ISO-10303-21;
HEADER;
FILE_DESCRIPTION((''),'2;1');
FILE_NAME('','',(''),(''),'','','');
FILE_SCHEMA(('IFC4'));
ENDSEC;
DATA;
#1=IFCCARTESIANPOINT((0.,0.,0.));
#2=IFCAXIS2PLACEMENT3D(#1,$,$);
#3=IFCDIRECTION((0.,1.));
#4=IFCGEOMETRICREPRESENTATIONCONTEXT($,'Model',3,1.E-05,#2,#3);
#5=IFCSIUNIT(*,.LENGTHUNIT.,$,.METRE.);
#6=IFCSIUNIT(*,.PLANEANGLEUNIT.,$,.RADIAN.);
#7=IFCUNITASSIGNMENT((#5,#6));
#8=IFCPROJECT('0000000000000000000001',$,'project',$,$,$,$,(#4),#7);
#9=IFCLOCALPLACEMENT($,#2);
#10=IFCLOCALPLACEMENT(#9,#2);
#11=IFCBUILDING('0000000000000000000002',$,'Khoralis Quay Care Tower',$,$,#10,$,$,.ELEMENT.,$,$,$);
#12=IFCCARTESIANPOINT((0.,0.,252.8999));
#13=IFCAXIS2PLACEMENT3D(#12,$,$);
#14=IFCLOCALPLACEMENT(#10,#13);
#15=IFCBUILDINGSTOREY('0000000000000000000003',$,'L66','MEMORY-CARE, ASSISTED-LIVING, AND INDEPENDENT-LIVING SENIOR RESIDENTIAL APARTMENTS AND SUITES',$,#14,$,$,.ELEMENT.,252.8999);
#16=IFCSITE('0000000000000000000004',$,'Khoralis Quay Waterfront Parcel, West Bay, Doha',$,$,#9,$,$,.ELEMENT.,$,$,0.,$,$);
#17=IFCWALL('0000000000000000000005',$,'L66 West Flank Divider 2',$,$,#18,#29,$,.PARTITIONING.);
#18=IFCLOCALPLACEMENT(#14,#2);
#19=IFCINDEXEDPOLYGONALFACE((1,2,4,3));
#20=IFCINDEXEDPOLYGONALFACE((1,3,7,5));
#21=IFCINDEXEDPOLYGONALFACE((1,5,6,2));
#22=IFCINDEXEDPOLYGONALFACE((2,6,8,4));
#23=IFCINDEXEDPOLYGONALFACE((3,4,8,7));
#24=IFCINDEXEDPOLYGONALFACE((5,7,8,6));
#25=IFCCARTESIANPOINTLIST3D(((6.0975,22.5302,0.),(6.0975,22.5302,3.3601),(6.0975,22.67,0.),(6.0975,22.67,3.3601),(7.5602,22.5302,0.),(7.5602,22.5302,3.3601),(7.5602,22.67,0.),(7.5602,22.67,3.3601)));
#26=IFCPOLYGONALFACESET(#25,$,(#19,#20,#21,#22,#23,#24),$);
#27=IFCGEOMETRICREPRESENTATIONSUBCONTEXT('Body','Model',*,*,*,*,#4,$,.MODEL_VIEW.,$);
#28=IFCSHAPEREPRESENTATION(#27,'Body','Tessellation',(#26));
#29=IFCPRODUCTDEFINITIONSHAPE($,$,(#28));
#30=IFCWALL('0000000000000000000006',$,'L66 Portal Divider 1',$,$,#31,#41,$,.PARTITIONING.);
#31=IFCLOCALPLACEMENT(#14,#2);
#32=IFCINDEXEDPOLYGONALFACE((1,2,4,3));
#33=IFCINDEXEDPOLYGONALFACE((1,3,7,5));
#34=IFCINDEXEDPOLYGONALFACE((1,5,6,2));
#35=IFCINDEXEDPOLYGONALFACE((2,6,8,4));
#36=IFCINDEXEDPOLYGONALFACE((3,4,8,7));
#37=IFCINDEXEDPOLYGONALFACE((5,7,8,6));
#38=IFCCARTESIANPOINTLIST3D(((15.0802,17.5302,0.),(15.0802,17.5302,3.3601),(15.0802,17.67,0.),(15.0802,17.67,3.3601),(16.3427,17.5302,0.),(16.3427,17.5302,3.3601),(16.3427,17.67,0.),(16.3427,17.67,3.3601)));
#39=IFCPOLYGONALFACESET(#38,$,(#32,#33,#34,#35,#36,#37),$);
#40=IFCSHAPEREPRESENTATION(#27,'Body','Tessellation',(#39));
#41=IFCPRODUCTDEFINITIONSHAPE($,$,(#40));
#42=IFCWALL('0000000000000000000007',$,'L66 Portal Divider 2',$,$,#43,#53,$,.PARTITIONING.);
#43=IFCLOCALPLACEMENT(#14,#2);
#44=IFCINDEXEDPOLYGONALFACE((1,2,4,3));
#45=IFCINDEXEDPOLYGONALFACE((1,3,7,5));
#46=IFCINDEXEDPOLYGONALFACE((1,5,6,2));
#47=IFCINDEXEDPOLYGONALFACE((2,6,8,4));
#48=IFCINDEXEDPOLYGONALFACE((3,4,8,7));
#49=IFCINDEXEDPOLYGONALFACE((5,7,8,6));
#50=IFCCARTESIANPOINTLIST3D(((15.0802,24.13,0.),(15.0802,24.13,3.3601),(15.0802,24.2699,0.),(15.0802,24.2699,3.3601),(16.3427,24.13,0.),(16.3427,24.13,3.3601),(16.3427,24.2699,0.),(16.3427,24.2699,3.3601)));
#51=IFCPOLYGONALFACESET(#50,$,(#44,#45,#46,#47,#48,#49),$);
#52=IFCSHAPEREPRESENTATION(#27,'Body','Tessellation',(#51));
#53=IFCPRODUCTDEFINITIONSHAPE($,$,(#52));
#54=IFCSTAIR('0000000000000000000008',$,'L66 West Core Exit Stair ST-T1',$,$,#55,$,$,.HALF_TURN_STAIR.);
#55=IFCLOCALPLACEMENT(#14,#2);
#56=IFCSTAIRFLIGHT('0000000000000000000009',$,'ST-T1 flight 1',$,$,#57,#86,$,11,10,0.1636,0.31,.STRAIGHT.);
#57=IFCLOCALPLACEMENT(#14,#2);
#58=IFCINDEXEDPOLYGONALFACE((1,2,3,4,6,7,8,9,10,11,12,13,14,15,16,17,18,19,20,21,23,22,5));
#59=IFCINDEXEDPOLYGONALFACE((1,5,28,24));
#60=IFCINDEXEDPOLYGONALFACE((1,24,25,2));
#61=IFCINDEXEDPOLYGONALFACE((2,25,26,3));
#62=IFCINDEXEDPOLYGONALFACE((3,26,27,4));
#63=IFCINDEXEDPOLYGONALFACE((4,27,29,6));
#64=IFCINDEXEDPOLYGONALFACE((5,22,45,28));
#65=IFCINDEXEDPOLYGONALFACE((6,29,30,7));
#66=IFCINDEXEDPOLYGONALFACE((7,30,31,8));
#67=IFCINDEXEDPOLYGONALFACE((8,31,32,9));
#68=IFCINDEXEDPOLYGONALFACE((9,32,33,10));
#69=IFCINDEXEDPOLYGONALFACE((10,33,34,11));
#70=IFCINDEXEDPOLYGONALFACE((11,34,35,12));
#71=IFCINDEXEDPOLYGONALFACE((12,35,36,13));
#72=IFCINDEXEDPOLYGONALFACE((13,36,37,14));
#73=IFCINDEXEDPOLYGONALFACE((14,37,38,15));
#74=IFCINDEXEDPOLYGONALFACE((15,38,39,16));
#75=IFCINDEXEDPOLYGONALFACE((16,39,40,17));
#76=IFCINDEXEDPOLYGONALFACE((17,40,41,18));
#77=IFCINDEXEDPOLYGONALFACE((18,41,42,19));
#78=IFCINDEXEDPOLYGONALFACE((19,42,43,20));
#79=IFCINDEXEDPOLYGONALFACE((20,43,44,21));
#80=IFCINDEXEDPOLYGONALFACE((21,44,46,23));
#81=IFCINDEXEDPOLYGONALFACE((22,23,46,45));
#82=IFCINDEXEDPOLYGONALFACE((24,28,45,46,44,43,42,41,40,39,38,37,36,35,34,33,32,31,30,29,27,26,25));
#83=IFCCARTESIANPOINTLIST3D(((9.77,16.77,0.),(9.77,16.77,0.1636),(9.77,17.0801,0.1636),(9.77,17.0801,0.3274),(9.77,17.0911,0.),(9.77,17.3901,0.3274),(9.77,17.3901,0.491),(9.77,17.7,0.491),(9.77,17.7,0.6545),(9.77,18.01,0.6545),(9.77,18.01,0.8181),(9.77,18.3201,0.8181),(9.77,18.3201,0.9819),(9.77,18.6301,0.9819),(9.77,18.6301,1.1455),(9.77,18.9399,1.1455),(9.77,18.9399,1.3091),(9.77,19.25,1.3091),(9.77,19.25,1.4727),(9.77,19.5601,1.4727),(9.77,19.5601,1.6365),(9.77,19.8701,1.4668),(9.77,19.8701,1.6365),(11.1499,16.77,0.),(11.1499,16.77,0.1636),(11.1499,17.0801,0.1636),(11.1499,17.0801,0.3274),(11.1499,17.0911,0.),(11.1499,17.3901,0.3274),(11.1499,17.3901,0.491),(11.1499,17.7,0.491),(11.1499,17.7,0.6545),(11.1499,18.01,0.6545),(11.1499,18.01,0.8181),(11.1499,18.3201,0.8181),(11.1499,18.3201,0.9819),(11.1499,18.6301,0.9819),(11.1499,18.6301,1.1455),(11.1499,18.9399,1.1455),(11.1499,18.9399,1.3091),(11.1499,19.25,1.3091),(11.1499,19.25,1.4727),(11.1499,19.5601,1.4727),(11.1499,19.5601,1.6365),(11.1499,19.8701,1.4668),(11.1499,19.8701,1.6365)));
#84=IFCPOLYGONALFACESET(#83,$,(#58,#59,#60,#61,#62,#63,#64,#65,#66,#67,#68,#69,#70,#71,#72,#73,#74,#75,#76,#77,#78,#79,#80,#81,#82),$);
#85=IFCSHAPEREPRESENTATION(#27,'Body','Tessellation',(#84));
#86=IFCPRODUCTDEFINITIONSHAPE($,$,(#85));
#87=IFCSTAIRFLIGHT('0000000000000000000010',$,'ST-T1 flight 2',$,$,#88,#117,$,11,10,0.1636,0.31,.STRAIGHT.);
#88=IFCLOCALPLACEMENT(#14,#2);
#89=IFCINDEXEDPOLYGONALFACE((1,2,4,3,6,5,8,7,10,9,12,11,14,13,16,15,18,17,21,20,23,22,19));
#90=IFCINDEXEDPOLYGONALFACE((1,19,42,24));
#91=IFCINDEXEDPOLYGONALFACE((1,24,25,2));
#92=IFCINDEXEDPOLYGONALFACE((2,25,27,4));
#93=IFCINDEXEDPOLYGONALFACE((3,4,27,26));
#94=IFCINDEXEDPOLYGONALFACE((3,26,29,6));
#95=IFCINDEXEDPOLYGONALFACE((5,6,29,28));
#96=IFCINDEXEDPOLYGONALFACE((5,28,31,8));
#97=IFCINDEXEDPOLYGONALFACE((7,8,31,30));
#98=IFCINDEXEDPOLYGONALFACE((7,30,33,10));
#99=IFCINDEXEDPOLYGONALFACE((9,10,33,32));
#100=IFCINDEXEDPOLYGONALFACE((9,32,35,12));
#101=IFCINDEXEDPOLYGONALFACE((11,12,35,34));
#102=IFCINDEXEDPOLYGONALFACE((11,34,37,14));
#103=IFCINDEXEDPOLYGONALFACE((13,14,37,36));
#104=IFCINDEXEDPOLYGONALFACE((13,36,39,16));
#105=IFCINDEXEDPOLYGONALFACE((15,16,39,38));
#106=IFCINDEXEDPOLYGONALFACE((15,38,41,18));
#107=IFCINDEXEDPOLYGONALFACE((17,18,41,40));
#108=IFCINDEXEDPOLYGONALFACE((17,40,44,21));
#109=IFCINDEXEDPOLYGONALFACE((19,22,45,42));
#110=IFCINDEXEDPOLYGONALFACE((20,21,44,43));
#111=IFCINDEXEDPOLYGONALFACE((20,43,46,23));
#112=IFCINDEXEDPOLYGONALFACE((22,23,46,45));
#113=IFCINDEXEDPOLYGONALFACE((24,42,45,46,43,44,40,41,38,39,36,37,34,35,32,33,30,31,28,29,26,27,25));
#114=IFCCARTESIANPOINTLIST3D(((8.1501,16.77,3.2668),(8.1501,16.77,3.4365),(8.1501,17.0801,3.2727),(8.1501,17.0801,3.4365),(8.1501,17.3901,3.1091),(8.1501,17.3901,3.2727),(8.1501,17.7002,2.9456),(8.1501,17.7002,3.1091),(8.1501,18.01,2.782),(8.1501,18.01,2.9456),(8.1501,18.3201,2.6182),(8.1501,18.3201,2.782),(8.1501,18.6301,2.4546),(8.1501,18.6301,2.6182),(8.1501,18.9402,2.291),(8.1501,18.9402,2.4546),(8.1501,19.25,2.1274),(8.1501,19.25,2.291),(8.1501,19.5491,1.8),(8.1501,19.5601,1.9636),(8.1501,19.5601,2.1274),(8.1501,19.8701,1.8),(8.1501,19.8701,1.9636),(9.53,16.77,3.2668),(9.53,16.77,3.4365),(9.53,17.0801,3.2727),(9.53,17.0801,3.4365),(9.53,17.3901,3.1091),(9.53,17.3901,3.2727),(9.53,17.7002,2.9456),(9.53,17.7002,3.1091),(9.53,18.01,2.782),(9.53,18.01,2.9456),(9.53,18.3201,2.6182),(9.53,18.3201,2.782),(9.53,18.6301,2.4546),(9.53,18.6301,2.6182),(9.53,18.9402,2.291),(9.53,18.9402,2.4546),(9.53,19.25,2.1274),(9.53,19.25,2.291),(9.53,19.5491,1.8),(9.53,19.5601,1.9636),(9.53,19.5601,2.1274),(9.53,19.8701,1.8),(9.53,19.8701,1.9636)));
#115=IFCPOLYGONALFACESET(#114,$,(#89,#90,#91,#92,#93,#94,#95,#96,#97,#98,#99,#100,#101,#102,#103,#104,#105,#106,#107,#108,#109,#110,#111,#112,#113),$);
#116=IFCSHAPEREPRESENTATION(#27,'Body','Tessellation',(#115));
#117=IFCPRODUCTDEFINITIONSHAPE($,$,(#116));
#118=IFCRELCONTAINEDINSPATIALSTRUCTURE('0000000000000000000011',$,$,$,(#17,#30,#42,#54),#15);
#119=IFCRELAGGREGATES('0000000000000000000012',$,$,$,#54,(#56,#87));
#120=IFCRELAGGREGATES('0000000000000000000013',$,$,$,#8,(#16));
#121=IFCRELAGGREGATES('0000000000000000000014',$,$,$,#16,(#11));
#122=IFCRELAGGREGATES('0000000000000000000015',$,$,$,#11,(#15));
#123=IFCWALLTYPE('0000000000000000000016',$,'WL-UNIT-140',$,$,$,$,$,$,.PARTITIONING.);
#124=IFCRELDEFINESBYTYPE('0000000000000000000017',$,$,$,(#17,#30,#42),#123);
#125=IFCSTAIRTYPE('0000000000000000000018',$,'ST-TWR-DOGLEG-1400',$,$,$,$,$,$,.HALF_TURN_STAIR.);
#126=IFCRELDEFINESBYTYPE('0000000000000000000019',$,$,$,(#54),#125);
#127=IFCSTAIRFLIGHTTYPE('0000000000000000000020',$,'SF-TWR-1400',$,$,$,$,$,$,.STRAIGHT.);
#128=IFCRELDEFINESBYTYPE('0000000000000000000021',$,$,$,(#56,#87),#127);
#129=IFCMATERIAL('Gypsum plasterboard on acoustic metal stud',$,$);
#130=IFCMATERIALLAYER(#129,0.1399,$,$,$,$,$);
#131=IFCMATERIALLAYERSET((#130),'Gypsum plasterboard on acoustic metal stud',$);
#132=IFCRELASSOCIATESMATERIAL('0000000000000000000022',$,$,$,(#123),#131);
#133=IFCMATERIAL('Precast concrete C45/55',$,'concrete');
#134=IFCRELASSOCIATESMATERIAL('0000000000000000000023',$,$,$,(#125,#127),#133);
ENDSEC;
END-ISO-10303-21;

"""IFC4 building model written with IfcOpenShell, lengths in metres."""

from ifc_helpers import new_model, si_unit, direction, frame, frame_2d, origin, place, context, subcontext, project, spatial, polyline, rectangle, outline, extrude, source, transform, mapped, material, layer, layer_set, type_object, element, aggregate, save


model = new_model("IFC4")

# Units and contexts
model_context = context("Model", 3, precision=1e-05, world=origin(), true_north=direction((0.0, 1.0)))
body_context = subcontext(model_context, "Body", "Model", "MODEL_VIEW")
ifc_project = project(units=[si_unit("LENGTHUNIT", "METRE"), si_unit("PLANEANGLEUNIT", "RADIAN")], contexts=[model_context])

# Site, building, storey
site_placement = place(None, origin())
site = spatial("IfcSite", under=ifc_project, at=site_placement, Name="Khoralis Quay Waterfront Parcel, West Bay, Doha", CompositionType="ELEMENT", RefElevation=0.0)
building_placement = place(site_placement, origin())
building = spatial("IfcBuilding", under=site, at=building_placement, Name="Khoralis Quay Care Tower", CompositionType="ELEMENT")
storey_placement = place(building_placement, frame((0.0, 0.0, 252.8999)))
storey = spatial("IfcBuildingStorey", under=building, at=storey_placement, Name="L66", Description="MEMORY-CARE, ASSISTED-LIVING, AND INDEPENDENT-LIVING SENIOR RESIDENTIAL APARTMENTS AND SUITES", CompositionType="ELEMENT", Elevation=252.8999)

# Walls
ifc_material_1 = material(Name="Gypsum plasterboard on acoustic metal stud")
ifc_layer_1 = layer(ifc_material_1, 0.1399)
ifc_layer_set_1 = layer_set([ifc_layer_1], Name="Gypsum plasterboard on acoustic metal stud")
wall_type_1 = type_object("IfcWallType", Name="WL-UNIT-140", PredefinedType="PARTITIONING", material=ifc_layer_set_1)
for number, where, z_axis, x_axis, name in (
    (1, (6.0974, 22.6001, 0.0), (0.0, 0.0, 1.0), (1.0, 0.0, 0.0), "L66 West Flank Divider 2"),
):
    element("IfcWall", number, at=place(storey_placement, frame(where, z_axis=z_axis, x_axis=x_axis)), inside=storey, type_object=wall_type_1, Name=name, PredefinedType="PARTITIONING", context=body_context, shape_type="SweptSolid", body=[
        extrude(rectangle(XDim=1.4626, YDim=0.1399, at=frame_2d((0.7314, 0.0))), origin(), (0.0, 0.0, 1.0), 3.3601),
    ])
for number, where, z_axis, x_axis, name in (
    (2, (15.0801, 17.6001, 0.0), (0.0, 0.0, 1.0), (1.0, 0.0, 0.0), "L66 Portal Divider 1"),
    (3, (15.0801, 24.2, 0.0), (0.0, 0.0, 1.0), (1.0, 0.0, 0.0), "L66 Portal Divider 2"),
):
    element("IfcWall", number, at=place(storey_placement, frame(where, z_axis=z_axis, x_axis=x_axis)), inside=storey, type_object=wall_type_1, Name=name, PredefinedType="PARTITIONING", context=body_context, shape_type="SweptSolid", body=[
        extrude(rectangle(XDim=1.2625, YDim=0.1399, at=frame_2d((0.6313, 0.0))), origin(), (0.0, 0.0, 1.0), 3.3601),
    ])

# Stair, stair flights
ifc_material_2 = material(Name="Precast concrete C45/55", Category="concrete")
stair_type = type_object("IfcStairType", Name="ST-TWR-DOGLEG-1400", PredefinedType="HALF_TURN_STAIR", material=ifc_material_2)
stair_placement = place(storey_placement, origin())
stair = element("IfcStair", 4, at=stair_placement, inside=storey, type_object=stair_type, Name="L66 West Core Exit Stair ST-T1", PredefinedType="HALF_TURN_STAIR")
stair_flight_type = type_object("IfcStairFlightType", Name="SF-TWR-1400", PredefinedType="STRAIGHT", material=ifc_material_2)
shared_shape_1 = source(origin(), body_context, "Body", "SweptSolid", [
    extrude(outline(polyline([(0.0, 0.0), (0.0, 0.1636), (0.3101, 0.1636), (0.3101, 0.3274), (0.6201, 0.3274), (0.6201, 0.491), (0.9299, 0.491), (0.9299, 0.6545), (1.24, 0.6545), (1.24, 0.8181), (1.55, 0.8181), (1.55, 0.9819), (1.8601, 0.9819), (1.8601, 1.1455), (2.1699, 1.1455), (2.1699, 1.3091), (2.48, 1.3091), (2.48, 1.4727), (2.79, 1.4727), (2.79, 1.6365), (3.1001, 1.6365), (3.1001, 1.8), (3.1001, 1.4668), (0.321, 0.0), (0.0, 0.0)])), frame((0.0, 0.6899, 0.0), z_axis=(0.0, -1.0, 0.0), x_axis=(1.0, 0.0, 0.0)), (0.0, 0.0, 1.0), 1.3799),
])
stair_flight_1_placement = place(storey_placement, frame((10.46, 16.77, 0.0), z_axis=(0.0, 0.0, 1.0), x_axis=(0.0, 1.0, 0.0)))
stair_flight_1 = element("IfcStairFlight", 5, at=stair_flight_1_placement, type_object=stair_flight_type, Name="ST-T1 flight 1", NumberOfRisers=11, NumberOfTreads=10, PredefinedType="STRAIGHT", RiserHeight=0.1636, TreadLength=0.31, context=body_context, shape_type="MappedRepresentation", body=[
    mapped(shared_shape_1, transform((0.0, 0.0, 0.0), scale=1.0)),
])
stair_flight_2_placement = place(storey_placement, frame((8.8401, 19.8701, 1.8), z_axis=(0.0, 0.0, 1.0), x_axis=(0.0, -1.0, 0.0)))
stair_flight_2 = element("IfcStairFlight", 6, at=stair_flight_2_placement, type_object=stair_flight_type, Name="ST-T1 flight 2", NumberOfRisers=11, NumberOfTreads=10, PredefinedType="STRAIGHT", RiserHeight=0.1636, TreadLength=0.31, context=body_context, shape_type="MappedRepresentation", body=[
    mapped(shared_shape_1, transform((0.0, 0.0, 0.0), scale=1.0)),
])
aggregate(stair, [stair_flight_1, stair_flight_2])

save(model, "model.ifc")
